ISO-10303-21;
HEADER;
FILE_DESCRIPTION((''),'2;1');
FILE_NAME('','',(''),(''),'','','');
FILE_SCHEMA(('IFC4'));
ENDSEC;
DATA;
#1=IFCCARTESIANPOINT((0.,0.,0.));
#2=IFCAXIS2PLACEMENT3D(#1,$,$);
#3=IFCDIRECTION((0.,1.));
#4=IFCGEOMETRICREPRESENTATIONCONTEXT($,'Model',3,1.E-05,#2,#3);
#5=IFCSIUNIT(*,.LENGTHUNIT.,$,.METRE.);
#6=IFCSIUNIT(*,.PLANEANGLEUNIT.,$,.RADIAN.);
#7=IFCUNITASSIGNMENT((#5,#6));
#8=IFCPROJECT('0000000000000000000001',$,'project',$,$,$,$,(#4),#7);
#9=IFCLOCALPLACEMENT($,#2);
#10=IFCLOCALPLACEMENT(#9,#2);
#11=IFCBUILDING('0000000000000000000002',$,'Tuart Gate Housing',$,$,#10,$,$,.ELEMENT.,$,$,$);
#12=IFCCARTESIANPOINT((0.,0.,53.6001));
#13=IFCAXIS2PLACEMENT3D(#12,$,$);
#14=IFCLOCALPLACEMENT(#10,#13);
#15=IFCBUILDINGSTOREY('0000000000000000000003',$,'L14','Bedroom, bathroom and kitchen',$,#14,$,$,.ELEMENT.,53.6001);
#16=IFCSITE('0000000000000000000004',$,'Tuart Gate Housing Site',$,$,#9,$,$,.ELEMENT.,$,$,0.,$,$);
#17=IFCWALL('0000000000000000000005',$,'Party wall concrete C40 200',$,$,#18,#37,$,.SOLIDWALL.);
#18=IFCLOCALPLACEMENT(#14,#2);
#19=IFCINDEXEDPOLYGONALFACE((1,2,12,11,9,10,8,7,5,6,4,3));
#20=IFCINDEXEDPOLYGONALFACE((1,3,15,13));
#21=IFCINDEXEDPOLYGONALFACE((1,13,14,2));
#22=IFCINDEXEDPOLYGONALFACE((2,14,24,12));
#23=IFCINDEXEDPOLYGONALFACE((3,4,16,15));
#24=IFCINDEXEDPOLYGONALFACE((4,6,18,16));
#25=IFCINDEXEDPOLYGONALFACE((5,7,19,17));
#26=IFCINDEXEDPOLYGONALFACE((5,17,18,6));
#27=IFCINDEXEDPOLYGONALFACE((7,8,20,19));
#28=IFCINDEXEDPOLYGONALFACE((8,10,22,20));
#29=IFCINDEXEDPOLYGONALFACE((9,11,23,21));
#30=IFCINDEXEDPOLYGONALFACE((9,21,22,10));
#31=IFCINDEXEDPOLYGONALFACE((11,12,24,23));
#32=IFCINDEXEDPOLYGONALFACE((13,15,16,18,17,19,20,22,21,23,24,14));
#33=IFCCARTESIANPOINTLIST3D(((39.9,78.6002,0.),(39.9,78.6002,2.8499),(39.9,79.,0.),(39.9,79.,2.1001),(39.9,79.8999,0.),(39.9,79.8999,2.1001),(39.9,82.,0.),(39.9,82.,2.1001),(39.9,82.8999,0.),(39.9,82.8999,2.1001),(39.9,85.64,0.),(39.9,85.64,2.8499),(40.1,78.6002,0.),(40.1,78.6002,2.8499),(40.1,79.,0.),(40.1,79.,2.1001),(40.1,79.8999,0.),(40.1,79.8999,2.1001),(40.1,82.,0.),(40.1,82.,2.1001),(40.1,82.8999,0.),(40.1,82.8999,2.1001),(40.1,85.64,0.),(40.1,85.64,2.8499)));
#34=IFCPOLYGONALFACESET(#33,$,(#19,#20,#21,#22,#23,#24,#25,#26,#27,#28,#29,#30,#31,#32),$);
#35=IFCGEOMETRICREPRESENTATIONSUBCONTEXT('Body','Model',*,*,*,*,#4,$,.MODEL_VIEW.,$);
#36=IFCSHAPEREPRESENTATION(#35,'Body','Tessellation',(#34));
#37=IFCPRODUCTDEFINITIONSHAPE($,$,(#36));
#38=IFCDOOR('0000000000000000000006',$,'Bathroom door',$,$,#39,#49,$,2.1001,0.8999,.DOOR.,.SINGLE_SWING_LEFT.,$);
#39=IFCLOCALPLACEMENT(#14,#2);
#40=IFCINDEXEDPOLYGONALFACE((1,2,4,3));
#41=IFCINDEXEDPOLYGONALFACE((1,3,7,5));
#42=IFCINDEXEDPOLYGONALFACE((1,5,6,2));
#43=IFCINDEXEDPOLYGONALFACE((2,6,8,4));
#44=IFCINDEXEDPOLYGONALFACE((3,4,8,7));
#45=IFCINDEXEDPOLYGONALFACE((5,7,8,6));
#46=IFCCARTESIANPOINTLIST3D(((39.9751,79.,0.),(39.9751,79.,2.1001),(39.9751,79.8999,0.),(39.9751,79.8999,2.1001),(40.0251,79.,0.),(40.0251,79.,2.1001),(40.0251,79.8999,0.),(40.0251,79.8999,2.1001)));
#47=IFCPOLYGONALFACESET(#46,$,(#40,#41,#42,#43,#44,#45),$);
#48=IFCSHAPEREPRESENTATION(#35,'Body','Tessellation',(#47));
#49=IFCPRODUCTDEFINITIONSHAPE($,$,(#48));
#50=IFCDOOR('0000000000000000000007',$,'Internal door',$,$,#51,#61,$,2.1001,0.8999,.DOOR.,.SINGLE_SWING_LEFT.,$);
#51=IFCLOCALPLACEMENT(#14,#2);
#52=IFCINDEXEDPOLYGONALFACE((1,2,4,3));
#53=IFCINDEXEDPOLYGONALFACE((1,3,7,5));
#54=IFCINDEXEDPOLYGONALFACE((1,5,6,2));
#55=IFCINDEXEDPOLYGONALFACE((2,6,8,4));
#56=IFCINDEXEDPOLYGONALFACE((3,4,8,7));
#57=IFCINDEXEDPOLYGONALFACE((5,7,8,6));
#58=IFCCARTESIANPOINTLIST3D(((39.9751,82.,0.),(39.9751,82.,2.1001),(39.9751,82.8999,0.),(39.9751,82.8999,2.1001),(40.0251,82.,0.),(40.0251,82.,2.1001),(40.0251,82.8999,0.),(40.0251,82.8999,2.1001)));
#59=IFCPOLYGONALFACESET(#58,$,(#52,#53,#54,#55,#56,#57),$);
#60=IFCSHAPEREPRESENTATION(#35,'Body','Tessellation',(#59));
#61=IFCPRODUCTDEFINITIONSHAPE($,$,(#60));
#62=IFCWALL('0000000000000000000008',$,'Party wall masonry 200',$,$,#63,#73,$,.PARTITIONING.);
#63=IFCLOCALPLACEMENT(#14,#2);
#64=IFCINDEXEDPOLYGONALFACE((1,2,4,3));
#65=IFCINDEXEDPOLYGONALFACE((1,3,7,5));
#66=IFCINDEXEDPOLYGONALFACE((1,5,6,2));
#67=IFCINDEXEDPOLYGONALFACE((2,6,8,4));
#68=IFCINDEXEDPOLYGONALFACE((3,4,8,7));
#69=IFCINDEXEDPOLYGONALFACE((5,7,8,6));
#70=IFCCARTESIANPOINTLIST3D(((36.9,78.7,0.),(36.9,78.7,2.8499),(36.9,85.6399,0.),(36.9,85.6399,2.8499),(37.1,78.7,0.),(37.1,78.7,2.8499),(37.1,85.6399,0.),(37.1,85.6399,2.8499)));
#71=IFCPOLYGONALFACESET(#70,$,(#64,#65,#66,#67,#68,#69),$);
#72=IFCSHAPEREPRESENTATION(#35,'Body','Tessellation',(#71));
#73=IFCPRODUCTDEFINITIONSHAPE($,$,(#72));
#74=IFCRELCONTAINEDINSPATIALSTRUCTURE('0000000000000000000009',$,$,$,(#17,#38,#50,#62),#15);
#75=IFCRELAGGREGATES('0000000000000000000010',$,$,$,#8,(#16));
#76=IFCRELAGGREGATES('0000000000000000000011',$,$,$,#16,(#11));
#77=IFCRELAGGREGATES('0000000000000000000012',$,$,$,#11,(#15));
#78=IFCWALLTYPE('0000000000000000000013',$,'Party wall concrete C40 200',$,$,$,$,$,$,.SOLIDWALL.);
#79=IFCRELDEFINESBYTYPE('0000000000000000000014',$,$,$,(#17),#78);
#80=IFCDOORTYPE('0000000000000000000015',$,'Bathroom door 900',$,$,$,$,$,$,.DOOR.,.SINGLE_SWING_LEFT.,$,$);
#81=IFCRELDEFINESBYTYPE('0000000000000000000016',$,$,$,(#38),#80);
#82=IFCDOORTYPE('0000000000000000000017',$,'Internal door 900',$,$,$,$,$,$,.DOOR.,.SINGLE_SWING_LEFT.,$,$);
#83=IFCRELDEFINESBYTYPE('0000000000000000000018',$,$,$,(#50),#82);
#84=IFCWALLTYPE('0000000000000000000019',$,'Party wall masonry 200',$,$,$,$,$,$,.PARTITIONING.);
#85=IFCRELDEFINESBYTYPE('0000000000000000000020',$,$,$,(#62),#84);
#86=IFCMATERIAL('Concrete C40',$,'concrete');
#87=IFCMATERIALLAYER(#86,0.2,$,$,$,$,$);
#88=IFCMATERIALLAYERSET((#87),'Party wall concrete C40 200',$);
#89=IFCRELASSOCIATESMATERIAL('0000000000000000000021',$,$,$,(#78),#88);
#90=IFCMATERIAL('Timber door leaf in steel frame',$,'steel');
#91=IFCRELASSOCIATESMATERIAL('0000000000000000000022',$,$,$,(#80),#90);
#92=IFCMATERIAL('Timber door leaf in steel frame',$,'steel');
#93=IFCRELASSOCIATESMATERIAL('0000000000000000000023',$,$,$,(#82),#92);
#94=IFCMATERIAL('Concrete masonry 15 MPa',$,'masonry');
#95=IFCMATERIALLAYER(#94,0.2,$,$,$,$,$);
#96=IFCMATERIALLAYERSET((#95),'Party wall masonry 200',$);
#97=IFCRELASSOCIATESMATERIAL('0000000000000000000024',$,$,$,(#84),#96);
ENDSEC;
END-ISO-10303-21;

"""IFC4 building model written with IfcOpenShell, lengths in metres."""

from ifc_helpers import new_model, si_unit, direction, frame, frame_2d, origin, place, context, subcontext, project, spatial, rectangle, extrude, material, layer, layer_set, type_object, element, fill, save


model = new_model("IFC4")

# Units and contexts
model_context = context("Model", 3, precision=1e-05, world=origin(), true_north=direction((0.0, 1.0)))
body_context = subcontext(model_context, "Body", "Model", "MODEL_VIEW")
ifc_project = project(units=[si_unit("LENGTHUNIT", "METRE"), si_unit("PLANEANGLEUNIT", "RADIAN")], contexts=[model_context])

# Site, building, storey
site_placement = place(None, origin())
site = spatial("IfcSite", under=ifc_project, at=site_placement, Name="Tuart Gate Housing Site", CompositionType="ELEMENT", RefElevation=0.0)
building_placement = place(site_placement, origin())
building = spatial("IfcBuilding", under=site, at=building_placement, Name="Tuart Gate Housing", CompositionType="ELEMENT")
storey_placement = place(building_placement, frame((0.0, 0.0, 53.6001)))
storey = spatial("IfcBuildingStorey", under=building, at=storey_placement, Name="L14", Description="Bedroom, bathroom and kitchen", CompositionType="ELEMENT", Elevation=53.6001)

# Wall, openings, doors
ifc_material_1 = material(Name="Concrete C40", Category="concrete")
ifc_layer_1 = layer(ifc_material_1, 0.2)
ifc_layer_set_1 = layer_set([ifc_layer_1], Name="Party wall concrete C40 200")
wall_type_1 = type_object("IfcWallType", Name="Party wall concrete C40 200", PredefinedType="SOLIDWALL", material=ifc_layer_set_1)
wall_1_placement = place(storey_placement, frame((40.0, 78.6001, 0.0), z_axis=(0.0, 0.0, 1.0), x_axis=(0.0, 1.0, 0.0)))
wall_1 = element("IfcWall", 1, at=wall_1_placement, inside=storey, type_object=wall_type_1, Name="Party wall concrete C40 200", PredefinedType="SOLIDWALL", context=body_context, shape_type="SweptSolid", body=[
    extrude(rectangle(XDim=7.0398, YDim=0.2, at=frame_2d((3.52, 0.0))), origin(), (0.0, 0.0, 1.0), 2.8499),
])
opening_1_placement = place(wall_1_placement, frame((3.3999, 0.0, 0.0)))
opening_1 = element("IfcOpeningElement", 2, at=opening_1_placement, cuts=wall_1, PredefinedType="OPENING", context=body_context, shape_type="SweptSolid", body=[
    extrude(rectangle(XDim=0.8999, YDim=2.1001, at=frame_2d((0.45, 1.05))), frame((0.0, 0.1099, 0.0), z_axis=(0.0, -1.0, 0.0), x_axis=(1.0, 0.0, 0.0)), (0.0, 0.0, 1.0), 0.22),
])
opening_2_placement = place(wall_1_placement, frame((0.3999, 0.0, 0.0)))
opening_2 = element("IfcOpeningElement", 3, at=opening_2_placement, cuts=wall_1, PredefinedType="OPENING", context=body_context, shape_type="SweptSolid", body=[
    extrude(rectangle(XDim=0.8999, YDim=2.1001, at=frame_2d((0.45, 1.05))), frame((0.0, 0.1099, 0.0), z_axis=(0.0, -1.0, 0.0), x_axis=(1.0, 0.0, 0.0)), (0.0, 0.0, 1.0), 0.22),
])
ifc_material_2 = material(Name="Timber door leaf in steel frame", Category="steel")
door_type_1 = type_object("IfcDoorType", Name="Bathroom door 900", OperationType="SINGLE_SWING_LEFT", PredefinedType="DOOR", material=ifc_material_2)
door_1_placement = place(opening_2_placement, origin())
door_1 = element("IfcDoor", 4, at=door_1_placement, inside=storey, type_object=door_type_1, Name="Bathroom door", OperationType="SINGLE_SWING_LEFT", OverallHeight=2.1001, OverallWidth=0.8999, PredefinedType="DOOR", context=body_context, shape_type="SweptSolid", body=[
    extrude(rectangle(XDim=0.8999, YDim=2.1001, at=frame_2d((0.45, 1.05))), frame((0.0, 0.0249, 0.0), z_axis=(0.0, -1.0, 0.0), x_axis=(1.0, 0.0, 0.0)), (0.0, 0.0, 1.0), 0.05),
])
fill(opening_2, door_1)
ifc_material_3 = material(Name="Timber door leaf in steel frame", Category="steel")
door_type_2 = type_object("IfcDoorType", Name="Internal door 900", OperationType="SINGLE_SWING_LEFT", PredefinedType="DOOR", material=ifc_material_3)
door_2_placement = place(opening_1_placement, origin())
door_2 = element("IfcDoor", 5, at=door_2_placement, inside=storey, type_object=door_type_2, Name="Internal door", OperationType="SINGLE_SWING_LEFT", OverallHeight=2.1001, OverallWidth=0.8999, PredefinedType="DOOR", context=body_context, shape_type="SweptSolid", body=[
    extrude(rectangle(XDim=0.8999, YDim=2.1001, at=frame_2d((0.45, 1.05))), frame((0.0, 0.0249, 0.0), z_axis=(0.0, -1.0, 0.0), x_axis=(1.0, 0.0, 0.0)), (0.0, 0.0, 1.0), 0.05),
])
fill(opening_1, door_2)

# Wall
ifc_material_4 = material(Name="Concrete masonry 15 MPa", Category="masonry")
ifc_layer_2 = layer(ifc_material_4, 0.2)
ifc_layer_set_2 = layer_set([ifc_layer_2], Name="Party wall masonry 200")
wall_type_2 = type_object("IfcWallType", Name="Party wall masonry 200", PredefinedType="PARTITIONING", material=ifc_layer_set_2)
wall_2_placement = place(storey_placement, frame((37.0, 78.7, 0.0), z_axis=(0.0, 0.0, 1.0), x_axis=(0.0, 1.0, 0.0)))
element("IfcWall", 6, at=wall_2_placement, inside=storey, type_object=wall_type_2, Name="Party wall masonry 200", PredefinedType="PARTITIONING", context=body_context, shape_type="SweptSolid", body=[
    extrude(rectangle(XDim=6.9399, YDim=0.2, at=frame_2d((3.47, 0.0))), origin(), (0.0, 0.0, 1.0), 2.8499),
])

save(model, "model.ifc")
